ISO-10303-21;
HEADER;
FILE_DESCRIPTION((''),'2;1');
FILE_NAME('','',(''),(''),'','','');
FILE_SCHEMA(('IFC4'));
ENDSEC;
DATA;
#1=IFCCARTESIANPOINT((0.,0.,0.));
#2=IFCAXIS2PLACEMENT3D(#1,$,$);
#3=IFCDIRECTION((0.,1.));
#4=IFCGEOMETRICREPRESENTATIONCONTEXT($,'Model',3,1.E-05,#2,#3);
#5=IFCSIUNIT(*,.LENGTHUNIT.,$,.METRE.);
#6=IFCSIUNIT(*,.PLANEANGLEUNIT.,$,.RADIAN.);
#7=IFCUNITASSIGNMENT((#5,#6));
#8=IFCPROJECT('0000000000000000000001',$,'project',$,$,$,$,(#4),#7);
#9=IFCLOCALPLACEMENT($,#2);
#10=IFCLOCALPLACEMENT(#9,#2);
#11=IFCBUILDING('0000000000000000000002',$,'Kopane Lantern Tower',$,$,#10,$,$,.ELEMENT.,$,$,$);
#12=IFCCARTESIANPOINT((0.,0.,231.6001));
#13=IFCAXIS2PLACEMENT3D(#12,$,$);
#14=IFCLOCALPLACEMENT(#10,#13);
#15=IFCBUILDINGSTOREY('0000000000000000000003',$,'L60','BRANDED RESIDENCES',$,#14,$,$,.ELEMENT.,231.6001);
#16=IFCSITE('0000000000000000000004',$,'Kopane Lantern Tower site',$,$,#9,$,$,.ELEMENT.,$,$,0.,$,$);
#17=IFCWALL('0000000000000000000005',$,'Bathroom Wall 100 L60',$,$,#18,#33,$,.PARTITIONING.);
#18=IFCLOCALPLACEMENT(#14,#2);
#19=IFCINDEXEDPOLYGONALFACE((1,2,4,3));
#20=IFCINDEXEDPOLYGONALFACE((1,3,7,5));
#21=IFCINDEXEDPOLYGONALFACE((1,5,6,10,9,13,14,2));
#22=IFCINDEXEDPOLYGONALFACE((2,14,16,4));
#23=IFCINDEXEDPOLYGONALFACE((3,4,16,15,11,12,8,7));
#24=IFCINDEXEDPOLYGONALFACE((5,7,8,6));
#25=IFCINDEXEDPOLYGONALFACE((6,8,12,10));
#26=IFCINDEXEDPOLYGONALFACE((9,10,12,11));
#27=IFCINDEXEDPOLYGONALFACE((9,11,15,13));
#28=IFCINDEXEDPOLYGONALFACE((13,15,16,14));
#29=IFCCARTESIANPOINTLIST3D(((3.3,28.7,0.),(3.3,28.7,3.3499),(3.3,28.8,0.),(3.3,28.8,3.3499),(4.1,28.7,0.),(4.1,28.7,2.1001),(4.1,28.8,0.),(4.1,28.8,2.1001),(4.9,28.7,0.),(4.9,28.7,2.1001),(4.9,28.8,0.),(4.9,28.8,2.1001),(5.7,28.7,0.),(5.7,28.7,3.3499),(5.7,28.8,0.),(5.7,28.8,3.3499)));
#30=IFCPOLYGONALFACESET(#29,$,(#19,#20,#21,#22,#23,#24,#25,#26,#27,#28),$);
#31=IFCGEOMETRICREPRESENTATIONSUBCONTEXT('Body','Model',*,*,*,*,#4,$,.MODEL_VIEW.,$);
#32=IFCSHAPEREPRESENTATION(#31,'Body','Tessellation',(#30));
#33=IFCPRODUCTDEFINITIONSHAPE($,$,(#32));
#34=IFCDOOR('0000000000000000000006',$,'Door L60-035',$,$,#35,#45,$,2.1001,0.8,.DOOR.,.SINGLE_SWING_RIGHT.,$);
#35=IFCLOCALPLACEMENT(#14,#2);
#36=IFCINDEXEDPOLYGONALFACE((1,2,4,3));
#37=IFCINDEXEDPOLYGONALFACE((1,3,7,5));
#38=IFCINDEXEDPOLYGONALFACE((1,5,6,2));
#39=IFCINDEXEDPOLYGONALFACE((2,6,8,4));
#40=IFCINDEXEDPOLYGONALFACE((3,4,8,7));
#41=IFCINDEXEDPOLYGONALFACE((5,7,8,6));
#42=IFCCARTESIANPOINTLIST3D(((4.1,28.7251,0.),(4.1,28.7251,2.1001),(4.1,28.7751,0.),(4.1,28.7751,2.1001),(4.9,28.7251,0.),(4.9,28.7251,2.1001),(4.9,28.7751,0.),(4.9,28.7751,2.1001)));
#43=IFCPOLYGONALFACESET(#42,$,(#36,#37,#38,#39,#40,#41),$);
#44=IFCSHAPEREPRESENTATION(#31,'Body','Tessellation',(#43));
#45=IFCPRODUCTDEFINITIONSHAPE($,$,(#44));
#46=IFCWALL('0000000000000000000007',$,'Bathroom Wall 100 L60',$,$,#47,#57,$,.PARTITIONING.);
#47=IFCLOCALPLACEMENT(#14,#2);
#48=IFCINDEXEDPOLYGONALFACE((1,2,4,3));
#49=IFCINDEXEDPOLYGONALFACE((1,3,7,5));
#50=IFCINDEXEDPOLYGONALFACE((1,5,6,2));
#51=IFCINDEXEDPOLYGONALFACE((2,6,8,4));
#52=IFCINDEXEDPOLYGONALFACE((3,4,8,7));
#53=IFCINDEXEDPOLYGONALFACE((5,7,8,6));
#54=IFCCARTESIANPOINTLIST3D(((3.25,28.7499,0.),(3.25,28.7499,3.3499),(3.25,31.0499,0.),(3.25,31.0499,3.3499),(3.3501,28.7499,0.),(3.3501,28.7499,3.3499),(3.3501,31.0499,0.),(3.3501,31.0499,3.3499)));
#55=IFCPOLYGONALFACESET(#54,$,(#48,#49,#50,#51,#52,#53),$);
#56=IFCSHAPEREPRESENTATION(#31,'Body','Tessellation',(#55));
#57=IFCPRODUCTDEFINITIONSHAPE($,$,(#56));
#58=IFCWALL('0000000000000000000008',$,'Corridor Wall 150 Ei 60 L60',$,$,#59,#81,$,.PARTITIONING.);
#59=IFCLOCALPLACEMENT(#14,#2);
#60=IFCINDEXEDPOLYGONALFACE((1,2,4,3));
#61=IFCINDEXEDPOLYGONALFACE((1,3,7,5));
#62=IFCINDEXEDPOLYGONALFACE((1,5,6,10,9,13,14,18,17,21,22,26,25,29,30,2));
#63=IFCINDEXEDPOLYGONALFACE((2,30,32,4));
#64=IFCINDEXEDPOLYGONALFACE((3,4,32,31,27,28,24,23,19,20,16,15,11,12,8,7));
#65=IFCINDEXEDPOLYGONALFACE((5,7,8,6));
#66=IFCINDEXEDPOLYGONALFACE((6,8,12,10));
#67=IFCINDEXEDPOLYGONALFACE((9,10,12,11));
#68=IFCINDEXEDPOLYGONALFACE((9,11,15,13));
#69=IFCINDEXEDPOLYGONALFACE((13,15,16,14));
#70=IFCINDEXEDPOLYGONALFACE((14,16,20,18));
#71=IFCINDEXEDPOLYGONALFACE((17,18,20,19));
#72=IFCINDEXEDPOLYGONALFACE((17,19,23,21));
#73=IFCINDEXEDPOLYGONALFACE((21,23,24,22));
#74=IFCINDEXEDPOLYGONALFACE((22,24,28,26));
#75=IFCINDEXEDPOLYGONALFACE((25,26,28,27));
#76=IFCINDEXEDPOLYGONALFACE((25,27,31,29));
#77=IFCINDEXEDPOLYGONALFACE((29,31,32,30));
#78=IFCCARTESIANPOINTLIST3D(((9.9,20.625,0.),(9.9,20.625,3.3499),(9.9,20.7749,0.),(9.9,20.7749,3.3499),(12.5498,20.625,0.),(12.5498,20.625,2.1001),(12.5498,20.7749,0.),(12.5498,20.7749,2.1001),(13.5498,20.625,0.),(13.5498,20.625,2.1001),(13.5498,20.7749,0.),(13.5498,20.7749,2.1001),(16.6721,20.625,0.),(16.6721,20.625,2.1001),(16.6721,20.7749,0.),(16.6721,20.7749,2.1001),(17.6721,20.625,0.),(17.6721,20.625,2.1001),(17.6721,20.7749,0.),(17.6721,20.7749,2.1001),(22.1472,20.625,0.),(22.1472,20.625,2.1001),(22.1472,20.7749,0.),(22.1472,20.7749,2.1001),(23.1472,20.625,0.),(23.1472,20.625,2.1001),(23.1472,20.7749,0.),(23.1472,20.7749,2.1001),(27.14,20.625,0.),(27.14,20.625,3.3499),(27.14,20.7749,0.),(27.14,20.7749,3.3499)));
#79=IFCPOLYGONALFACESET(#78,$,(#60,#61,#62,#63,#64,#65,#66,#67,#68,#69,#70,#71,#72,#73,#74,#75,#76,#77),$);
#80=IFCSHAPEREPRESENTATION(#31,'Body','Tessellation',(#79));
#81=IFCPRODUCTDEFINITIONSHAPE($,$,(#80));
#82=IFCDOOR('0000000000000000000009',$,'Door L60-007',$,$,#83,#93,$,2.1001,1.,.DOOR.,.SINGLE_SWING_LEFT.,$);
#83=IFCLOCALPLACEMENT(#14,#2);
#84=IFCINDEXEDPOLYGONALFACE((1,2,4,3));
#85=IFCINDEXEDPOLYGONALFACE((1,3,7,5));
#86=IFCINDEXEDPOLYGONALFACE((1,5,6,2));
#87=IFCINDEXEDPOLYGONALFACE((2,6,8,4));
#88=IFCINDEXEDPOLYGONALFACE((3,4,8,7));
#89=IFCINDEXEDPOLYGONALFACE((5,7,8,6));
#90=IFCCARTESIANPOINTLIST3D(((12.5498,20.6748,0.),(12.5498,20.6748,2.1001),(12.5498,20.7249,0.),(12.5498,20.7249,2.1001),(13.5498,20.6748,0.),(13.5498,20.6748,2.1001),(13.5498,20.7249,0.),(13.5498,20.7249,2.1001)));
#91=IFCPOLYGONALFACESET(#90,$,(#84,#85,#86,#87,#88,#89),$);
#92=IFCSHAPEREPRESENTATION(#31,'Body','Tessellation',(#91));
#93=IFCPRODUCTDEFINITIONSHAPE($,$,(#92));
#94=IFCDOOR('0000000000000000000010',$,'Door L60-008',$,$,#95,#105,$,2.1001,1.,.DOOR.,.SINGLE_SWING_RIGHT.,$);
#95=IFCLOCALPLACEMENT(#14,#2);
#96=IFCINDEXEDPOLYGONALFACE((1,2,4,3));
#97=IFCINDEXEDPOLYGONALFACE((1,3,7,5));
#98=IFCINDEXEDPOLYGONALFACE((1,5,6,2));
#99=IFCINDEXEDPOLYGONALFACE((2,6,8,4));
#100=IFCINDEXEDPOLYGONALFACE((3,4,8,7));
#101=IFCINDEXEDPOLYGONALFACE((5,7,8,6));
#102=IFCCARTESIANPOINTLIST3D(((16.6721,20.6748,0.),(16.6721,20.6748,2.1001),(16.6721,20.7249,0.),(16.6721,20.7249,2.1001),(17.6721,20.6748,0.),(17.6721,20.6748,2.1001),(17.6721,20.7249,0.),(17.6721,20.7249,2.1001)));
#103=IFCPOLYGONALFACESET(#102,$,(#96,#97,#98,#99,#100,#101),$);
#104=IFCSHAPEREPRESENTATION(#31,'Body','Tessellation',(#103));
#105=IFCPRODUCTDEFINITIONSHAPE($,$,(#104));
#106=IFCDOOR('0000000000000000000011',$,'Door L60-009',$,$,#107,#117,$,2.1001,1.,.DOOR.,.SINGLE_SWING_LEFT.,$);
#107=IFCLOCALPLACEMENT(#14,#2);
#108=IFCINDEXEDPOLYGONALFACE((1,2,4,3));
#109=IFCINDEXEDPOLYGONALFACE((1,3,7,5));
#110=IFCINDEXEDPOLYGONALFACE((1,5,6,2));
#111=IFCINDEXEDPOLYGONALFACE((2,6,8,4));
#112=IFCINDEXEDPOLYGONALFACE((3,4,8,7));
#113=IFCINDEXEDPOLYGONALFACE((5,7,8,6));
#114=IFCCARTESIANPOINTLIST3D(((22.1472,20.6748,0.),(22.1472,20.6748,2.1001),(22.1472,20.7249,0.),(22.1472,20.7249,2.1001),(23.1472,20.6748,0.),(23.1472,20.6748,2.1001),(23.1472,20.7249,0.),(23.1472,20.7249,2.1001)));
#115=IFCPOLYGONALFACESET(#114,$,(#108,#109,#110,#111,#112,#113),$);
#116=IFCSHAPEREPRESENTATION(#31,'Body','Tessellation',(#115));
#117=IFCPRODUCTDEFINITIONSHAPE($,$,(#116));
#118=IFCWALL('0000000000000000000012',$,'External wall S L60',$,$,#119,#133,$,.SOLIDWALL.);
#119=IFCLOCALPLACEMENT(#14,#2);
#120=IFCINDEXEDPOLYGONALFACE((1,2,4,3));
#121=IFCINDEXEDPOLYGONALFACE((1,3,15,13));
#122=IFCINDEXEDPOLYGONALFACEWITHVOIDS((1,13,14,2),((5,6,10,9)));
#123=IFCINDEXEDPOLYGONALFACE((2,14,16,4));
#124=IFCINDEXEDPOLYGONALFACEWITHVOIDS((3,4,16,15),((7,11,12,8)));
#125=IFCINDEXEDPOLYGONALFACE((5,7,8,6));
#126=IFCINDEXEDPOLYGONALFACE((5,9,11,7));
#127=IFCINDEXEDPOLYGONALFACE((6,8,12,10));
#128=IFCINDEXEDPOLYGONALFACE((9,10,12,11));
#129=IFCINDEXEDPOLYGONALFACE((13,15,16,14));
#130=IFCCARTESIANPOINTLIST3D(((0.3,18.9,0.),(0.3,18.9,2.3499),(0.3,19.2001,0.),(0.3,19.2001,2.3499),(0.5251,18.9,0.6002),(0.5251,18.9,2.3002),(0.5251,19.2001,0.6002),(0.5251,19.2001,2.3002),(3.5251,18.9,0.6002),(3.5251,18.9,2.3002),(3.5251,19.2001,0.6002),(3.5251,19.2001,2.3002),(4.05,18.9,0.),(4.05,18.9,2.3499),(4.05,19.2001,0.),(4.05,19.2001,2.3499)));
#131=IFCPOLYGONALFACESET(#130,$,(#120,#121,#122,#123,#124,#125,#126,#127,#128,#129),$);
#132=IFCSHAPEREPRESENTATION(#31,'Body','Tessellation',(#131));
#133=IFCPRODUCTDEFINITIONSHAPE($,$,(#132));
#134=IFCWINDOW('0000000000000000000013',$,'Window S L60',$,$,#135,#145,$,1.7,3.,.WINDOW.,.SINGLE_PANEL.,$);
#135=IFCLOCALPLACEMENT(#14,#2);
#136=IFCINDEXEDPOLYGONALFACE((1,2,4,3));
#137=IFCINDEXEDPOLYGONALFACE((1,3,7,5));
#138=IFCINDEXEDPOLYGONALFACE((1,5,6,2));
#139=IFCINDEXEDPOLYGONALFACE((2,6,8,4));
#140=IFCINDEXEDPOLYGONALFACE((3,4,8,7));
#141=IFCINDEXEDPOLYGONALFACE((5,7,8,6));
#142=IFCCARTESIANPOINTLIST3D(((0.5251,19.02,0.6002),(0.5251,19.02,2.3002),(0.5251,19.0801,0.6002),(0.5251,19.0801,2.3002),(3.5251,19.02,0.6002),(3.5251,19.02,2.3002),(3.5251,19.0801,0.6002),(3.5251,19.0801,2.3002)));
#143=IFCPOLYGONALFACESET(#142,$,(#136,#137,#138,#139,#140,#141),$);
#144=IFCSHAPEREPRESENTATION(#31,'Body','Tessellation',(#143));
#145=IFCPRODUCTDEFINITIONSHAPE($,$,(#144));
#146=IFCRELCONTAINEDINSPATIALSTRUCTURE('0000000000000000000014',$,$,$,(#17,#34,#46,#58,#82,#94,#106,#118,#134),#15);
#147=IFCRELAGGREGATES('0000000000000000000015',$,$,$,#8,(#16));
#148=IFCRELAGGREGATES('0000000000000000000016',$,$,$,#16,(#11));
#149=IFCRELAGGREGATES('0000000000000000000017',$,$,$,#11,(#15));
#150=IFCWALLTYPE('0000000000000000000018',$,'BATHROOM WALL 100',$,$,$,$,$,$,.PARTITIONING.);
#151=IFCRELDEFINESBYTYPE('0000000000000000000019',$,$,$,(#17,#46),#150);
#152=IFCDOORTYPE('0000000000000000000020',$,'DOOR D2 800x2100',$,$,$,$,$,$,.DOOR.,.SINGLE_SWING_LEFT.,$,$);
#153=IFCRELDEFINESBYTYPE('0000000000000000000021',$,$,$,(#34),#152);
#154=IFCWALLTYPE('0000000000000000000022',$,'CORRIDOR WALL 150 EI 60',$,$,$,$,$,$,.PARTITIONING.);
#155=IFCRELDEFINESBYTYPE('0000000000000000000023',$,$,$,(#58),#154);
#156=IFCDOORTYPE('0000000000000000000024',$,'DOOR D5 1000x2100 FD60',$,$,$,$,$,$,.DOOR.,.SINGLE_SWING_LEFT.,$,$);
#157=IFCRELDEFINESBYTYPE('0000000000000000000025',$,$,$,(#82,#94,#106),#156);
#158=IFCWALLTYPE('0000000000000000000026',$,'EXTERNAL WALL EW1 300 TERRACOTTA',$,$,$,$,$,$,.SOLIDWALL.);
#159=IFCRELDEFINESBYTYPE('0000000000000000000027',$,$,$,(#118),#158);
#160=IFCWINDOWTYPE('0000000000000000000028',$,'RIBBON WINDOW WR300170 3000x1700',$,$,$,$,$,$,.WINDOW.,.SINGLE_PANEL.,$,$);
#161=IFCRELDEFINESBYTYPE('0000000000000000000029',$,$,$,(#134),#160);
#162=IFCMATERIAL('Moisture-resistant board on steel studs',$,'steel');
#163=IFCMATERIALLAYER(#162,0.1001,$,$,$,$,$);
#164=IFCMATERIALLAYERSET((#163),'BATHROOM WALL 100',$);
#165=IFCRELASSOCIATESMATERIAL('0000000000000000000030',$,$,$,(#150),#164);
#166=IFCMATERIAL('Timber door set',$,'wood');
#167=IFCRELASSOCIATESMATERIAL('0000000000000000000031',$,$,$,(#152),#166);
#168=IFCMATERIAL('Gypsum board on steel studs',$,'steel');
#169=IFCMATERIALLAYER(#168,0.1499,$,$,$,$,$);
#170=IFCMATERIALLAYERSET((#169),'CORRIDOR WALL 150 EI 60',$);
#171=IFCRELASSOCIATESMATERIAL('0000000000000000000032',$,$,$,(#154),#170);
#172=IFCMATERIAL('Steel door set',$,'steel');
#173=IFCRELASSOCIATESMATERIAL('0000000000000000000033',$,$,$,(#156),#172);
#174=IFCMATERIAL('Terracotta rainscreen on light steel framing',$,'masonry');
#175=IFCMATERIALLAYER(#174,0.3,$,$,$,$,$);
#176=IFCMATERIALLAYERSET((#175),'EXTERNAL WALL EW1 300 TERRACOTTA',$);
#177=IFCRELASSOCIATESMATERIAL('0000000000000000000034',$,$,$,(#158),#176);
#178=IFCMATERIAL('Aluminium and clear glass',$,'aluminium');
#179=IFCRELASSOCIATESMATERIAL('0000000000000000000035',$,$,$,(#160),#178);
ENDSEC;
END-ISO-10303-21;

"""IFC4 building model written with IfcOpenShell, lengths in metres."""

from ifc_helpers import new_model, si_unit, direction, frame, frame_2d, origin, place, context, subcontext, project, spatial, rectangle, extrude, material, layer, layer_set, type_object, element, fill, save


model = new_model("IFC4")

# Units and contexts
model_context = context("Model", 3, precision=1e-05, world=origin(), true_north=direction((0.0, 1.0)))
body_context = subcontext(model_context, "Body", "Model", "MODEL_VIEW")
ifc_project = project(units=[si_unit("LENGTHUNIT", "METRE"), si_unit("PLANEANGLEUNIT", "RADIAN")], contexts=[model_context])

# Site, building, storey
site_placement = place(None, origin())
site = spatial("IfcSite", under=ifc_project, at=site_placement, Name="Kopane Lantern Tower site", CompositionType="ELEMENT", RefElevation=0.0)
building_placement = place(site_placement, origin())
building = spatial("IfcBuilding", under=site, at=building_placement, Name="Kopane Lantern Tower", CompositionType="ELEMENT")
storey_placement = place(building_placement, frame((0.0, 0.0, 231.6001)))
storey = spatial("IfcBuildingStorey", under=building, at=storey_placement, Name="L60", Description="BRANDED RESIDENCES", CompositionType="ELEMENT", Elevation=231.6001)

# Wall, opening, door
ifc_material_1 = material(Name="Moisture-resistant board on steel studs", Category="steel")
ifc_layer_1 = layer(ifc_material_1, 0.1001)
ifc_layer_set_1 = layer_set([ifc_layer_1], Name="BATHROOM WALL 100")
wall_type_1 = type_object("IfcWallType", Name="BATHROOM WALL 100", PredefinedType="PARTITIONING", material=ifc_layer_set_1)
wall_1_placement = place(storey_placement, frame((5.7, 28.75, 0.0), z_axis=(0.0, 0.0, 1.0), x_axis=(-1.0, 0.0, 0.0)))
wall_1 = element("IfcWall", 1, at=wall_1_placement, inside=storey, type_object=wall_type_1, Name="Bathroom Wall 100 L60", PredefinedType="PARTITIONING", context=body_context, shape_type="SweptSolid", body=[
    extrude(rectangle(XDim=2.3999, YDim=0.1001, at=frame_2d((1.2, 0.0))), origin(), (0.0, 0.0, 1.0), 3.3499),
])
opening_1_placement = place(wall_1_placement, frame((0.8, 0.0, 0.0)))
opening_1 = element("IfcOpeningElement", 2, at=opening_1_placement, cuts=wall_1, PredefinedType="OPENING", context=body_context, shape_type="SweptSolid", body=[
    extrude(rectangle(XDim=0.8, YDim=2.1001, at=frame_2d((0.3999, 1.05))), frame((0.0, 0.0601, 0.0), z_axis=(0.0, -1.0, 0.0), x_axis=(1.0, 0.0, 0.0)), (0.0, 0.0, 1.0), 0.1201),
])
ifc_material_2 = material(Name="Timber door set", Category="wood")
door_type_1 = type_object("IfcDoorType", Name="DOOR D2 800x2100", OperationType="SINGLE_SWING_LEFT", PredefinedType="DOOR", material=ifc_material_2)
door_1_placement = place(opening_1_placement, origin())
door_1 = element("IfcDoor", 3, at=door_1_placement, inside=storey, type_object=door_type_1, Name="Door L60-035", OperationType="SINGLE_SWING_RIGHT", OverallHeight=2.1001, OverallWidth=0.8, PredefinedType="DOOR", context=body_context, shape_type="SweptSolid", body=[
    extrude(rectangle(XDim=0.8, YDim=2.1001, at=frame_2d((0.3999, 1.05))), frame((0.0, 0.0249, 0.0), z_axis=(0.0, -1.0, 0.0), x_axis=(1.0, 0.0, 0.0)), (0.0, 0.0, 1.0), 0.05),
])
fill(opening_1, door_1)

# Wall
wall_2_placement = place(storey_placement, frame((3.3, 28.75, 0.0), z_axis=(0.0, 0.0, 1.0), x_axis=(0.0, 1.0, 0.0)))
element("IfcWall", 4, at=wall_2_placement, inside=storey, type_object=wall_type_1, Name="Bathroom Wall 100 L60", PredefinedType="PARTITIONING", context=body_context, shape_type="SweptSolid", body=[
    extrude(rectangle(XDim=2.3, YDim=0.1001, at=frame_2d((1.1499, 0.0))), origin(), (0.0, 0.0, 1.0), 3.3499),
])

# Wall, openings, doors
ifc_material_3 = material(Name="Gypsum board on steel studs", Category="steel")
ifc_layer_2 = layer(ifc_material_3, 0.1499)
ifc_layer_set_2 = layer_set([ifc_layer_2], Name="CORRIDOR WALL 150 EI 60")
wall_type_2 = type_object("IfcWallType", Name="CORRIDOR WALL 150 EI 60", PredefinedType="PARTITIONING", material=ifc_layer_set_2)
wall_3_placement = place(storey_placement, frame((9.8999, 20.7, 0.0), z_axis=(0.0, 0.0, 1.0), x_axis=(1.0, 0.0, 0.0)))
wall_3 = element("IfcWall", 5, at=wall_3_placement, inside=storey, type_object=wall_type_2, Name="Corridor Wall 150 Ei 60 L60", PredefinedType="PARTITIONING", context=body_context, shape_type="SweptSolid", body=[
    extrude(rectangle(XDim=17.24, YDim=0.1499, at=frame_2d((8.6201, 0.0))), origin(), (0.0, 0.0, 1.0), 3.3499),
])
opening_2_placement = place(wall_3_placement, frame((2.6499, 0.0, 0.0)))
opening_2 = element("IfcOpeningElement", 6, at=opening_2_placement, cuts=wall_3, PredefinedType="OPENING", context=body_context, shape_type="SweptSolid", body=[
    extrude(rectangle(XDim=1.0, YDim=2.1001, at=frame_2d((0.5, 1.05))), frame((0.0, 0.085, 0.0), z_axis=(0.0, -1.0, 0.0), x_axis=(1.0, 0.0, 0.0)), (0.0, 0.0, 1.0), 0.1699),
])
opening_3_placement = place(wall_3_placement, frame((6.7722, 0.0, 0.0)))
opening_3 = element("IfcOpeningElement", 7, at=opening_3_placement, cuts=wall_3, PredefinedType="OPENING", context=body_context, shape_type="SweptSolid", body=[
    extrude(rectangle(XDim=1.0, YDim=2.1001, at=frame_2d((0.5, 1.05))), frame((0.0, 0.085, 0.0), z_axis=(0.0, -1.0, 0.0), x_axis=(1.0, 0.0, 0.0)), (0.0, 0.0, 1.0), 0.1699),
])
opening_4_placement = place(wall_3_placement, frame((12.2473, 0.0, 0.0)))
opening_4 = element("IfcOpeningElement", 8, at=opening_4_placement, cuts=wall_3, PredefinedType="OPENING", context=body_context, shape_type="SweptSolid", body=[
    extrude(rectangle(XDim=1.0, YDim=2.1001, at=frame_2d((0.5, 1.05))), frame((0.0, 0.085, 0.0), z_axis=(0.0, -1.0, 0.0), x_axis=(1.0, 0.0, 0.0)), (0.0, 0.0, 1.0), 0.1699),
])
ifc_material_4 = material(Name="Steel door set", Category="steel")
door_type_2 = type_object("IfcDoorType", Name="DOOR D5 1000x2100 FD60", OperationType="SINGLE_SWING_LEFT", PredefinedType="DOOR", material=ifc_material_4)
door_2_placement = place(opening_2_placement, origin())
door_2 = element("IfcDoor", 9, at=door_2_placement, inside=storey, type_object=door_type_2, Name="Door L60-007", OperationType="SINGLE_SWING_LEFT", OverallHeight=2.1001, OverallWidth=1.0, PredefinedType="DOOR", context=body_context, shape_type="SweptSolid", body=[
    extrude(rectangle(XDim=1.0, YDim=2.1001, at=frame_2d((0.5, 1.05))), frame((0.0, 0.0249, 0.0), z_axis=(0.0, -1.0, 0.0), x_axis=(1.0, 0.0, 0.0)), (0.0, 0.0, 1.0), 0.05),
])
fill(opening_2, door_2)
door_3_placement = place(opening_3_placement, origin())
door_3 = element("IfcDoor", 10, at=door_3_placement, inside=storey, type_object=door_type_2, Name="Door L60-008", OperationType="SINGLE_SWING_RIGHT", OverallHeight=2.1001, OverallWidth=1.0, PredefinedType="DOOR", context=body_context, shape_type="SweptSolid", body=[
    extrude(rectangle(XDim=1.0, YDim=2.1001, at=frame_2d((0.5, 1.05))), frame((0.0, 0.0249, 0.0), z_axis=(0.0, -1.0, 0.0), x_axis=(1.0, 0.0, 0.0)), (0.0, 0.0, 1.0), 0.05),
])
fill(opening_3, door_3)
door_4_placement = place(opening_4_placement, origin())
door_4 = element("IfcDoor", 11, at=door_4_placement, inside=storey, type_object=door_type_2, Name="Door L60-009", OperationType="SINGLE_SWING_LEFT", OverallHeight=2.1001, OverallWidth=1.0, PredefinedType="DOOR", context=body_context, shape_type="SweptSolid", body=[
    extrude(rectangle(XDim=1.0, YDim=2.1001, at=frame_2d((0.5, 1.05))), frame((0.0, 0.0249, 0.0), z_axis=(0.0, -1.0, 0.0), x_axis=(1.0, 0.0, 0.0)), (0.0, 0.0, 1.0), 0.05),
])
fill(opening_4, door_4)

# Wall, opening, window
ifc_material_5 = material(Name="Terracotta rainscreen on light steel framing", Category="masonry")
ifc_layer_3 = layer(ifc_material_5, 0.3)
ifc_layer_set_3 = layer_set([ifc_layer_3], Name="EXTERNAL WALL EW1 300 TERRACOTTA")
wall_type_3 = type_object("IfcWallType", Name="EXTERNAL WALL EW1 300 TERRACOTTA", PredefinedType="SOLIDWALL", material=ifc_layer_set_3)
wall_4_placement = place(storey_placement, frame((0.3, 19.05, 0.0), z_axis=(0.0, 0.0, 1.0), x_axis=(1.0, 0.0, 0.0)))
wall_4 = element("IfcWall", 12, at=wall_4_placement, inside=storey, type_object=wall_type_3, Name="External wall S L60", PredefinedType="SOLIDWALL", context=body_context, shape_type="SweptSolid", body=[
    extrude(rectangle(XDim=3.75, YDim=0.3, at=frame_2d((1.875, 0.0))), origin(), (0.0, 0.0, 1.0), 2.3499),
])
opening_5_placement = place(wall_4_placement, frame((0.2251, 0.0, 0.6001)))
opening_5 = element("IfcOpeningElement", 13, at=opening_5_placement, cuts=wall_4, PredefinedType="OPENING", context=body_context, shape_type="SweptSolid", body=[
    extrude(rectangle(XDim=3.0, YDim=1.7, at=frame_2d((1.5, 0.8501))), frame((0.0, 0.1599, 0.0), z_axis=(0.0, -1.0, 0.0), x_axis=(1.0, 0.0, 0.0)), (0.0, 0.0, 1.0), 0.3201),
])
ifc_material_6 = material(Name="Aluminium and clear glass", Category="aluminium")
window_type = type_object("IfcWindowType", Name="RIBBON WINDOW WR300170 3000x1700", PartitioningType="SINGLE_PANEL", PredefinedType="WINDOW", material=ifc_material_6)
window_1_placement = place(opening_5_placement, origin())
window_1 = element("IfcWindow", 14, at=window_1_placement, inside=storey, type_object=window_type, Name="Window S L60", OverallHeight=1.7, OverallWidth=3.0, PartitioningType="SINGLE_PANEL", PredefinedType="WINDOW", context=body_context, shape_type="SweptSolid", body=[
    extrude(rectangle(XDim=3.0, YDim=1.7, at=frame_2d((1.5, 0.8501))), frame((0.0, 0.03, 0.0), z_axis=(0.0, -1.0, 0.0), x_axis=(1.0, 0.0, 0.0)), (0.0, 0.0, 1.0), 0.0601),
])
fill(opening_5, window_1)

save(model, "model.ifc")
